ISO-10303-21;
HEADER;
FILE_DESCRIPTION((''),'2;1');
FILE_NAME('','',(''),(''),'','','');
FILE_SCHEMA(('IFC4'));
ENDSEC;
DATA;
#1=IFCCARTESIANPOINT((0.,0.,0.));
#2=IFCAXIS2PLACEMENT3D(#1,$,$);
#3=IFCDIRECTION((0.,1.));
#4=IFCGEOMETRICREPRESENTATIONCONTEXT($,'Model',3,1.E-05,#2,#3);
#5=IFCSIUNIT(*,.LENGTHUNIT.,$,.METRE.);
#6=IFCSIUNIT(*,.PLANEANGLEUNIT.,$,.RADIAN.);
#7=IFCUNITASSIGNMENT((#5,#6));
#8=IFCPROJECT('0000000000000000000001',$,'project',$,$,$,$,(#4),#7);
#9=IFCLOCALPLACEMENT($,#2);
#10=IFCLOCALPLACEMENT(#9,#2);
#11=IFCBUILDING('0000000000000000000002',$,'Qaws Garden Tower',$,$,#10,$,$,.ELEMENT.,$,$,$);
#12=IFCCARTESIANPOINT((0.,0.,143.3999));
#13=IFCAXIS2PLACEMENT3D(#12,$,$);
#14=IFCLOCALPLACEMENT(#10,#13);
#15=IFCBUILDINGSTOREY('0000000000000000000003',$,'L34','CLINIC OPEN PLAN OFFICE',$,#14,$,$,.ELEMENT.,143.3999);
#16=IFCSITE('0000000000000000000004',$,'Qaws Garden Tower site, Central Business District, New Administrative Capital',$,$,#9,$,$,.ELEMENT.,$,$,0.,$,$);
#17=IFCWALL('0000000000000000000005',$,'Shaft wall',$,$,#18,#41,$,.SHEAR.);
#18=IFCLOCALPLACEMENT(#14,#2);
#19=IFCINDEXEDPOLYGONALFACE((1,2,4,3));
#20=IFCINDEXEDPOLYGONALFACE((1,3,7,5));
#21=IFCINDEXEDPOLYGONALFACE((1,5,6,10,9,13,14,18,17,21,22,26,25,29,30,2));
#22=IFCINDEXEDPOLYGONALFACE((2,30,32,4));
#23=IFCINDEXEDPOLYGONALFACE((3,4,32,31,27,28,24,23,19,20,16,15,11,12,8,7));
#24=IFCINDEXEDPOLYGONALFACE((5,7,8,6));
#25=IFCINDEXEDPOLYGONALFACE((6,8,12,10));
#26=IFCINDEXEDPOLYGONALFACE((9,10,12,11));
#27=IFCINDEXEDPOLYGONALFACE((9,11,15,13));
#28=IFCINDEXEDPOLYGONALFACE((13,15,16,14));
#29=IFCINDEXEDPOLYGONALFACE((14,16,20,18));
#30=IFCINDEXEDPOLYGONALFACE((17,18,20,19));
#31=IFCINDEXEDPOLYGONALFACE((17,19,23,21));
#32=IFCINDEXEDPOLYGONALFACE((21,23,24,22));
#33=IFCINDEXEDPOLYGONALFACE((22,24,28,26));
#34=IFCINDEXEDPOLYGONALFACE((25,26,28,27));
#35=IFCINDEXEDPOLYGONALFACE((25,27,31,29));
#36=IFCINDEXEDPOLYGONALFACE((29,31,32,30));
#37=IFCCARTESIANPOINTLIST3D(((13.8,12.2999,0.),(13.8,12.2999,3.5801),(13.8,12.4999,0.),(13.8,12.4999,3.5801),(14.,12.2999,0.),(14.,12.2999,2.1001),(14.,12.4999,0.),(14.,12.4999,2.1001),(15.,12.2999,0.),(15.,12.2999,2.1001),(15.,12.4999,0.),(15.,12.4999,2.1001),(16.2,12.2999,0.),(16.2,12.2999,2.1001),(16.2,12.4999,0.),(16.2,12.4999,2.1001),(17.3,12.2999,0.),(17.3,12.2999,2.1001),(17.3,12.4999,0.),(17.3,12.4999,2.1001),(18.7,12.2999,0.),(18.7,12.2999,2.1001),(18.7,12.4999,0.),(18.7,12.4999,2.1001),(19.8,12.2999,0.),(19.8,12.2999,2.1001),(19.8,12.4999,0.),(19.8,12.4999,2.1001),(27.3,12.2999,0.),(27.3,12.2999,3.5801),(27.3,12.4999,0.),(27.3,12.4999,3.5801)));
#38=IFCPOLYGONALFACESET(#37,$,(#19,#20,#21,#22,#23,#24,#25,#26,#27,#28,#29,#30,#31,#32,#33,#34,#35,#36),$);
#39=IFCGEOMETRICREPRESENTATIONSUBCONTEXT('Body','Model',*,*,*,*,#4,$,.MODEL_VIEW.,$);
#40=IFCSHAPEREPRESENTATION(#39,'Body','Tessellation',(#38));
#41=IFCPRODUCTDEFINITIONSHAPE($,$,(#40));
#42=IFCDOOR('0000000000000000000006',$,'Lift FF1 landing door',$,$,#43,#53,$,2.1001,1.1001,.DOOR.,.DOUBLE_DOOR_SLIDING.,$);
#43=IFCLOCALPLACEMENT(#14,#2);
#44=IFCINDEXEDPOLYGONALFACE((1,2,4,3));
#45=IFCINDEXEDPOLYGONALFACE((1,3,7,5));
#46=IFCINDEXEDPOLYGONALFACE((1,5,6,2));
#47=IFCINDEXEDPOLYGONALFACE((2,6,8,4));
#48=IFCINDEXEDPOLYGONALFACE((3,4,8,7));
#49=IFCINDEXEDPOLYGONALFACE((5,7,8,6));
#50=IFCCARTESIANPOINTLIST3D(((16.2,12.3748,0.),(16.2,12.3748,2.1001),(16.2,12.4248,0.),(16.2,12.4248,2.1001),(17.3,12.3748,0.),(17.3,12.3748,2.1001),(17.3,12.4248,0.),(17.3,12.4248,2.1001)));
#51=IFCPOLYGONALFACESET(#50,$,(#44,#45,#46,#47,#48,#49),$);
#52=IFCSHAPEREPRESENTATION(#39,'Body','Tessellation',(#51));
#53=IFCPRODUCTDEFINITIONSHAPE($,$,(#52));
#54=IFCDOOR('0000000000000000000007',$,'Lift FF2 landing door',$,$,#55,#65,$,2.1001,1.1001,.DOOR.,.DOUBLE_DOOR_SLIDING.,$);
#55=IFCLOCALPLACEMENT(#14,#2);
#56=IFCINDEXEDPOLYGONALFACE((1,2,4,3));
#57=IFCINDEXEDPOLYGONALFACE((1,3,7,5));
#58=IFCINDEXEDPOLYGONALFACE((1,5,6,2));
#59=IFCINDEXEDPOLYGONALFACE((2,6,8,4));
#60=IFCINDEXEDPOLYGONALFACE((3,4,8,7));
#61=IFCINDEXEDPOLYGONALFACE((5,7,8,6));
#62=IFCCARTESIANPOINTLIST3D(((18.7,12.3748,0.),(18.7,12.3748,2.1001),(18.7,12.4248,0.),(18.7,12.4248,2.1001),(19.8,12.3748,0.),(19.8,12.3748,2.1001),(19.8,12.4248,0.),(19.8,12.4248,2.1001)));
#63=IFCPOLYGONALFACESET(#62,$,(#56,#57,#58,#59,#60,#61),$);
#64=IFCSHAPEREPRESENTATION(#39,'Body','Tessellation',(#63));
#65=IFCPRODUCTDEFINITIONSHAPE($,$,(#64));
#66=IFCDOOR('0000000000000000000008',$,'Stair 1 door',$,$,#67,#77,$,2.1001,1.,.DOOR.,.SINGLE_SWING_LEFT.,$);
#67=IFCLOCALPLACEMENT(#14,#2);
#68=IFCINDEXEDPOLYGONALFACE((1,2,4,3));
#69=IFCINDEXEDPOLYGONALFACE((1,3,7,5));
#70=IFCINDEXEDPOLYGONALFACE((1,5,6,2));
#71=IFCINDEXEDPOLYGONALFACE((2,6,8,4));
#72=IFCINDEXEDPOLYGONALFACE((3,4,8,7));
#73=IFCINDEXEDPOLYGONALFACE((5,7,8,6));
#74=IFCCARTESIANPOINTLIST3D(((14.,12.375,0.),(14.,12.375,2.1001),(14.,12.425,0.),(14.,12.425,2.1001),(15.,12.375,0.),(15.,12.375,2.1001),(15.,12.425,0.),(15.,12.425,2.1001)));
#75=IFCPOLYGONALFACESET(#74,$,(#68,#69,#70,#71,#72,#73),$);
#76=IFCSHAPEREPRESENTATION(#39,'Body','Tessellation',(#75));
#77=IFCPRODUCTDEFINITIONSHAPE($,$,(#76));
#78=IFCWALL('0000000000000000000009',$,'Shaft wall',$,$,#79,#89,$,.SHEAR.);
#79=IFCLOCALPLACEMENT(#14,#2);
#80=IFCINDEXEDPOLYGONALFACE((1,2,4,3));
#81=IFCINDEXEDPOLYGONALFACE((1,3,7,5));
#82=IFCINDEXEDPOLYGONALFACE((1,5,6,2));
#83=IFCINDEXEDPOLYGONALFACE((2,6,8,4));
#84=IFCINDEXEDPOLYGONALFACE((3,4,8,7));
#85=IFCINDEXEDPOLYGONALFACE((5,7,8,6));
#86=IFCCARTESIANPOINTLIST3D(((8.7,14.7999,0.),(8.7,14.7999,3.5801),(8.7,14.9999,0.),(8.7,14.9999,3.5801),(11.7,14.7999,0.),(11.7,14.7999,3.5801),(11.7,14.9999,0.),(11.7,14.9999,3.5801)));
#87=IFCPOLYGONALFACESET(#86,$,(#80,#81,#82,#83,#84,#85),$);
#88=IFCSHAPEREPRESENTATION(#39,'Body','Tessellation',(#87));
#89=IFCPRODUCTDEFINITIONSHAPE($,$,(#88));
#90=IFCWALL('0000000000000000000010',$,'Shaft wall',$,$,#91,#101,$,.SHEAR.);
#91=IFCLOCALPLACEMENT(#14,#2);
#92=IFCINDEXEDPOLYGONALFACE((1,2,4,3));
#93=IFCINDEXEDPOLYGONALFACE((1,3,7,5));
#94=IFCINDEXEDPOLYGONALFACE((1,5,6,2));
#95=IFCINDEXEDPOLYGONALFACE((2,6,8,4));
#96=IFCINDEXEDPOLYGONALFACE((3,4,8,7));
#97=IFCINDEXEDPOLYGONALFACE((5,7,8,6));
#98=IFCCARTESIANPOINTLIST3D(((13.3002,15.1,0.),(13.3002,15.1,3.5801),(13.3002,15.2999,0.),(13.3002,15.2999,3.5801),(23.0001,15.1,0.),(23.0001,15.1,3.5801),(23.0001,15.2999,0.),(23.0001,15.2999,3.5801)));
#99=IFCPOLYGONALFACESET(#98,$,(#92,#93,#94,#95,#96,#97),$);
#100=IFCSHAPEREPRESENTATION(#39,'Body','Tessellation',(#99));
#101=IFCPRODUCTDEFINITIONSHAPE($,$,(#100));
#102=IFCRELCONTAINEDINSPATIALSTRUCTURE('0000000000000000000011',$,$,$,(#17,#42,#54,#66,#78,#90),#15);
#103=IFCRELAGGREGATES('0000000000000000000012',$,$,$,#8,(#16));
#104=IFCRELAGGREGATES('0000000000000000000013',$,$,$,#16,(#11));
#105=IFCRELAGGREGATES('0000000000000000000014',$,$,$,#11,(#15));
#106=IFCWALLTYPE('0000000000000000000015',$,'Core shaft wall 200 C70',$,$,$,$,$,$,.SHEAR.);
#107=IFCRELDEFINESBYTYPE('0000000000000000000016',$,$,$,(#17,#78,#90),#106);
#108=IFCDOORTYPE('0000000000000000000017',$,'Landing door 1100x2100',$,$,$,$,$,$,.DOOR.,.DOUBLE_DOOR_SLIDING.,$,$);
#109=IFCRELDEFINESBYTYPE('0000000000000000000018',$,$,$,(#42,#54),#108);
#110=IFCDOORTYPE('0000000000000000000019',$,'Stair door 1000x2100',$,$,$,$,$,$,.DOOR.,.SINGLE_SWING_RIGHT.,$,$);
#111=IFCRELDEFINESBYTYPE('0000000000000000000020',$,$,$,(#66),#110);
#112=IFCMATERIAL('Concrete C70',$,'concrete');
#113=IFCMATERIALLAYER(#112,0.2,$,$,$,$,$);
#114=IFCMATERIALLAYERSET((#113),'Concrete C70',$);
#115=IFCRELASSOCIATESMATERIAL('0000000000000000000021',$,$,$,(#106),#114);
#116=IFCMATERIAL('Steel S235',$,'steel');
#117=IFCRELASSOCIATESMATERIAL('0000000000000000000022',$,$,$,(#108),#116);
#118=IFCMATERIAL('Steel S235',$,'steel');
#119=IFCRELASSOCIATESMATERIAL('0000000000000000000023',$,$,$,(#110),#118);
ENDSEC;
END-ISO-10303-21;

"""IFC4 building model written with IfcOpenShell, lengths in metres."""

from ifc_helpers import new_model, si_unit, direction, frame, frame_2d, origin, place, context, subcontext, project, spatial, rectangle, extrude, material, layer, layer_set, type_object, element, fill, save


model = new_model("IFC4")

# Units and contexts
model_context = context("Model", 3, precision=1e-05, world=origin(), true_north=direction((0.0, 1.0)))
body_context = subcontext(model_context, "Body", "Model", "MODEL_VIEW")
ifc_project = project(units=[si_unit("LENGTHUNIT", "METRE"), si_unit("PLANEANGLEUNIT", "RADIAN")], contexts=[model_context])

# Site, building, storey
site_placement = place(None, origin())
site = spatial("IfcSite", under=ifc_project, at=site_placement, Name="Qaws Garden Tower site, Central Business District, New Administrative Capital", CompositionType="ELEMENT", RefElevation=0.0)
building_placement = place(site_placement, origin())
building = spatial("IfcBuilding", under=site, at=building_placement, Name="Qaws Garden Tower", CompositionType="ELEMENT")
storey_placement = place(building_placement, frame((0.0, 0.0, 143.3999)))
storey = spatial("IfcBuildingStorey", under=building, at=storey_placement, Name="L34", Description="CLINIC OPEN PLAN OFFICE", CompositionType="ELEMENT", Elevation=143.3999)

# Shared definitions
ifc_material_1 = material(Name="Concrete C70", Category="concrete")
ifc_layer_1 = layer(ifc_material_1, 0.2)
ifc_layer_set_1 = layer_set([ifc_layer_1], Name="Concrete C70")
wall_type_1 = type_object("IfcWallType", Name="Core shaft wall 200 C70", PredefinedType="SHEAR", material=ifc_layer_set_1)

# Wall, openings, doors
wall_1_placement = place(storey_placement, frame((13.8, 12.3999, 0.0), z_axis=(0.0, 0.0, 1.0), x_axis=(1.0, 0.0, 0.0)))
wall_1 = element("IfcWall", 1, at=wall_1_placement, inside=storey, type_object=wall_type_1, Name="Shaft wall", PredefinedType="SHEAR", context=body_context, shape_type="SweptSolid", body=[
    extrude(rectangle(XDim=13.5, YDim=0.2, at=frame_2d((6.75, 0.0))), origin(), (0.0, 0.0, 1.0), 3.5801),
])
opening_1_placement = place(wall_1_placement, frame((2.3999, 0.0, 0.0)))
opening_1 = element("IfcOpeningElement", 2, at=opening_1_placement, cuts=wall_1, PredefinedType="OPENING", context=body_context, shape_type="SweptSolid", body=[
    extrude(rectangle(XDim=1.1001, YDim=2.1001, at=frame_2d((0.55, 1.05))), frame((0.0, 0.1099, 0.0), z_axis=(0.0, -1.0, 0.0), x_axis=(1.0, 0.0, 0.0)), (0.0, 0.0, 1.0), 0.22),
])
opening_2_placement = place(wall_1_placement, frame((4.8999, 0.0, 0.0)))
opening_2 = element("IfcOpeningElement", 3, at=opening_2_placement, cuts=wall_1, PredefinedType="OPENING", context=body_context, shape_type="SweptSolid", body=[
    extrude(rectangle(XDim=1.1001, YDim=2.1001, at=frame_2d((0.55, 1.05))), frame((0.0, 0.1099, 0.0), z_axis=(0.0, -1.0, 0.0), x_axis=(1.0, 0.0, 0.0)), (0.0, 0.0, 1.0), 0.22),
])
opening_3_placement = place(wall_1_placement, frame((0.2, 0.0, 0.0)))
opening_3 = element("IfcOpeningElement", 4, at=opening_3_placement, cuts=wall_1, PredefinedType="OPENING", context=body_context, shape_type="SweptSolid", body=[
    extrude(rectangle(XDim=1.0, YDim=2.1001, at=frame_2d((0.5, 1.05))), frame((0.0, 0.1099, 0.0), z_axis=(0.0, -1.0, 0.0), x_axis=(1.0, 0.0, 0.0)), (0.0, 0.0, 1.0), 0.22),
])
ifc_material_2 = material(Name="Steel S235", Category="steel")
door_type_1 = type_object("IfcDoorType", Name="Landing door 1100x2100", OperationType="DOUBLE_DOOR_SLIDING", PredefinedType="DOOR", material=ifc_material_2)
door_1_placement = place(opening_1_placement, origin())
door_1 = element("IfcDoor", 5, at=door_1_placement, inside=storey, type_object=door_type_1, Name="Lift FF1 landing door", OperationType="DOUBLE_DOOR_SLIDING", OverallHeight=2.1001, OverallWidth=1.1001, PredefinedType="DOOR", context=body_context, shape_type="SweptSolid", body=[
    extrude(rectangle(XDim=1.1001, YDim=2.1001, at=frame_2d((0.55, 1.05))), frame((0.0, 0.0249, 0.0), z_axis=(0.0, -1.0, 0.0), x_axis=(1.0, 0.0, 0.0)), (0.0, 0.0, 1.0), 0.05),
])
fill(opening_1, door_1)
door_2_placement = place(opening_2_placement, origin())
door_2 = element("IfcDoor", 6, at=door_2_placement, inside=storey, type_object=door_type_1, Name="Lift FF2 landing door", OperationType="DOUBLE_DOOR_SLIDING", OverallHeight=2.1001, OverallWidth=1.1001, PredefinedType="DOOR", context=body_context, shape_type="SweptSolid", body=[
    extrude(rectangle(XDim=1.1001, YDim=2.1001, at=frame_2d((0.55, 1.05))), frame((0.0, 0.0249, 0.0), z_axis=(0.0, -1.0, 0.0), x_axis=(1.0, 0.0, 0.0)), (0.0, 0.0, 1.0), 0.05),
])
fill(opening_2, door_2)
ifc_material_3 = material(Name="Steel S235", Category="steel")
door_type_2 = type_object("IfcDoorType", Name="Stair door 1000x2100", OperationType="SINGLE_SWING_RIGHT", PredefinedType="DOOR", material=ifc_material_3)
door_3_placement = place(opening_3_placement, frame((1.0, 0.0, 0.0), z_axis=(0.0, 0.0, 1.0), x_axis=(-1.0, 0.0, 0.0)))
door_3 = element("IfcDoor", 7, at=door_3_placement, inside=storey, type_object=door_type_2, Name="Stair 1 door", OperationType="SINGLE_SWING_LEFT", OverallHeight=2.1001, OverallWidth=1.0, PredefinedType="DOOR", context=body_context, shape_type="SweptSolid", body=[
    extrude(rectangle(XDim=1.0, YDim=2.1001, at=frame_2d((0.5, 1.05))), frame((0.0, 0.0249, 0.0), z_axis=(0.0, -1.0, 0.0), x_axis=(1.0, 0.0, 0.0)), (0.0, 0.0, 1.0), 0.05),
])
fill(opening_3, door_3)

# Walls
wall_2_placement = place(storey_placement, frame((8.7, 14.8999, 0.0), z_axis=(0.0, 0.0, 1.0), x_axis=(1.0, 0.0, 0.0)))
element("IfcWall", 8, at=wall_2_placement, inside=storey, type_object=wall_type_1, Name="Shaft wall", PredefinedType="SHEAR", context=body_context, shape_type="SweptSolid", body=[
    extrude(rectangle(XDim=3.0, YDim=0.2, at=frame_2d((1.5, 0.0))), origin(), (0.0, 0.0, 1.0), 3.5801),
])
wall_3_placement = place(storey_placement, frame((13.3, 15.2, 0.0), z_axis=(0.0, 0.0, 1.0), x_axis=(1.0, 0.0, 0.0)))
element("IfcWall", 9, at=wall_3_placement, inside=storey, type_object=wall_type_1, Name="Shaft wall", PredefinedType="SHEAR", context=body_context, shape_type="SweptSolid", body=[
    extrude(rectangle(XDim=9.7, YDim=0.2, at=frame_2d((4.8501, 0.0))), origin(), (0.0, 0.0, 1.0), 3.5801),
])

save(model, "model.ifc")
